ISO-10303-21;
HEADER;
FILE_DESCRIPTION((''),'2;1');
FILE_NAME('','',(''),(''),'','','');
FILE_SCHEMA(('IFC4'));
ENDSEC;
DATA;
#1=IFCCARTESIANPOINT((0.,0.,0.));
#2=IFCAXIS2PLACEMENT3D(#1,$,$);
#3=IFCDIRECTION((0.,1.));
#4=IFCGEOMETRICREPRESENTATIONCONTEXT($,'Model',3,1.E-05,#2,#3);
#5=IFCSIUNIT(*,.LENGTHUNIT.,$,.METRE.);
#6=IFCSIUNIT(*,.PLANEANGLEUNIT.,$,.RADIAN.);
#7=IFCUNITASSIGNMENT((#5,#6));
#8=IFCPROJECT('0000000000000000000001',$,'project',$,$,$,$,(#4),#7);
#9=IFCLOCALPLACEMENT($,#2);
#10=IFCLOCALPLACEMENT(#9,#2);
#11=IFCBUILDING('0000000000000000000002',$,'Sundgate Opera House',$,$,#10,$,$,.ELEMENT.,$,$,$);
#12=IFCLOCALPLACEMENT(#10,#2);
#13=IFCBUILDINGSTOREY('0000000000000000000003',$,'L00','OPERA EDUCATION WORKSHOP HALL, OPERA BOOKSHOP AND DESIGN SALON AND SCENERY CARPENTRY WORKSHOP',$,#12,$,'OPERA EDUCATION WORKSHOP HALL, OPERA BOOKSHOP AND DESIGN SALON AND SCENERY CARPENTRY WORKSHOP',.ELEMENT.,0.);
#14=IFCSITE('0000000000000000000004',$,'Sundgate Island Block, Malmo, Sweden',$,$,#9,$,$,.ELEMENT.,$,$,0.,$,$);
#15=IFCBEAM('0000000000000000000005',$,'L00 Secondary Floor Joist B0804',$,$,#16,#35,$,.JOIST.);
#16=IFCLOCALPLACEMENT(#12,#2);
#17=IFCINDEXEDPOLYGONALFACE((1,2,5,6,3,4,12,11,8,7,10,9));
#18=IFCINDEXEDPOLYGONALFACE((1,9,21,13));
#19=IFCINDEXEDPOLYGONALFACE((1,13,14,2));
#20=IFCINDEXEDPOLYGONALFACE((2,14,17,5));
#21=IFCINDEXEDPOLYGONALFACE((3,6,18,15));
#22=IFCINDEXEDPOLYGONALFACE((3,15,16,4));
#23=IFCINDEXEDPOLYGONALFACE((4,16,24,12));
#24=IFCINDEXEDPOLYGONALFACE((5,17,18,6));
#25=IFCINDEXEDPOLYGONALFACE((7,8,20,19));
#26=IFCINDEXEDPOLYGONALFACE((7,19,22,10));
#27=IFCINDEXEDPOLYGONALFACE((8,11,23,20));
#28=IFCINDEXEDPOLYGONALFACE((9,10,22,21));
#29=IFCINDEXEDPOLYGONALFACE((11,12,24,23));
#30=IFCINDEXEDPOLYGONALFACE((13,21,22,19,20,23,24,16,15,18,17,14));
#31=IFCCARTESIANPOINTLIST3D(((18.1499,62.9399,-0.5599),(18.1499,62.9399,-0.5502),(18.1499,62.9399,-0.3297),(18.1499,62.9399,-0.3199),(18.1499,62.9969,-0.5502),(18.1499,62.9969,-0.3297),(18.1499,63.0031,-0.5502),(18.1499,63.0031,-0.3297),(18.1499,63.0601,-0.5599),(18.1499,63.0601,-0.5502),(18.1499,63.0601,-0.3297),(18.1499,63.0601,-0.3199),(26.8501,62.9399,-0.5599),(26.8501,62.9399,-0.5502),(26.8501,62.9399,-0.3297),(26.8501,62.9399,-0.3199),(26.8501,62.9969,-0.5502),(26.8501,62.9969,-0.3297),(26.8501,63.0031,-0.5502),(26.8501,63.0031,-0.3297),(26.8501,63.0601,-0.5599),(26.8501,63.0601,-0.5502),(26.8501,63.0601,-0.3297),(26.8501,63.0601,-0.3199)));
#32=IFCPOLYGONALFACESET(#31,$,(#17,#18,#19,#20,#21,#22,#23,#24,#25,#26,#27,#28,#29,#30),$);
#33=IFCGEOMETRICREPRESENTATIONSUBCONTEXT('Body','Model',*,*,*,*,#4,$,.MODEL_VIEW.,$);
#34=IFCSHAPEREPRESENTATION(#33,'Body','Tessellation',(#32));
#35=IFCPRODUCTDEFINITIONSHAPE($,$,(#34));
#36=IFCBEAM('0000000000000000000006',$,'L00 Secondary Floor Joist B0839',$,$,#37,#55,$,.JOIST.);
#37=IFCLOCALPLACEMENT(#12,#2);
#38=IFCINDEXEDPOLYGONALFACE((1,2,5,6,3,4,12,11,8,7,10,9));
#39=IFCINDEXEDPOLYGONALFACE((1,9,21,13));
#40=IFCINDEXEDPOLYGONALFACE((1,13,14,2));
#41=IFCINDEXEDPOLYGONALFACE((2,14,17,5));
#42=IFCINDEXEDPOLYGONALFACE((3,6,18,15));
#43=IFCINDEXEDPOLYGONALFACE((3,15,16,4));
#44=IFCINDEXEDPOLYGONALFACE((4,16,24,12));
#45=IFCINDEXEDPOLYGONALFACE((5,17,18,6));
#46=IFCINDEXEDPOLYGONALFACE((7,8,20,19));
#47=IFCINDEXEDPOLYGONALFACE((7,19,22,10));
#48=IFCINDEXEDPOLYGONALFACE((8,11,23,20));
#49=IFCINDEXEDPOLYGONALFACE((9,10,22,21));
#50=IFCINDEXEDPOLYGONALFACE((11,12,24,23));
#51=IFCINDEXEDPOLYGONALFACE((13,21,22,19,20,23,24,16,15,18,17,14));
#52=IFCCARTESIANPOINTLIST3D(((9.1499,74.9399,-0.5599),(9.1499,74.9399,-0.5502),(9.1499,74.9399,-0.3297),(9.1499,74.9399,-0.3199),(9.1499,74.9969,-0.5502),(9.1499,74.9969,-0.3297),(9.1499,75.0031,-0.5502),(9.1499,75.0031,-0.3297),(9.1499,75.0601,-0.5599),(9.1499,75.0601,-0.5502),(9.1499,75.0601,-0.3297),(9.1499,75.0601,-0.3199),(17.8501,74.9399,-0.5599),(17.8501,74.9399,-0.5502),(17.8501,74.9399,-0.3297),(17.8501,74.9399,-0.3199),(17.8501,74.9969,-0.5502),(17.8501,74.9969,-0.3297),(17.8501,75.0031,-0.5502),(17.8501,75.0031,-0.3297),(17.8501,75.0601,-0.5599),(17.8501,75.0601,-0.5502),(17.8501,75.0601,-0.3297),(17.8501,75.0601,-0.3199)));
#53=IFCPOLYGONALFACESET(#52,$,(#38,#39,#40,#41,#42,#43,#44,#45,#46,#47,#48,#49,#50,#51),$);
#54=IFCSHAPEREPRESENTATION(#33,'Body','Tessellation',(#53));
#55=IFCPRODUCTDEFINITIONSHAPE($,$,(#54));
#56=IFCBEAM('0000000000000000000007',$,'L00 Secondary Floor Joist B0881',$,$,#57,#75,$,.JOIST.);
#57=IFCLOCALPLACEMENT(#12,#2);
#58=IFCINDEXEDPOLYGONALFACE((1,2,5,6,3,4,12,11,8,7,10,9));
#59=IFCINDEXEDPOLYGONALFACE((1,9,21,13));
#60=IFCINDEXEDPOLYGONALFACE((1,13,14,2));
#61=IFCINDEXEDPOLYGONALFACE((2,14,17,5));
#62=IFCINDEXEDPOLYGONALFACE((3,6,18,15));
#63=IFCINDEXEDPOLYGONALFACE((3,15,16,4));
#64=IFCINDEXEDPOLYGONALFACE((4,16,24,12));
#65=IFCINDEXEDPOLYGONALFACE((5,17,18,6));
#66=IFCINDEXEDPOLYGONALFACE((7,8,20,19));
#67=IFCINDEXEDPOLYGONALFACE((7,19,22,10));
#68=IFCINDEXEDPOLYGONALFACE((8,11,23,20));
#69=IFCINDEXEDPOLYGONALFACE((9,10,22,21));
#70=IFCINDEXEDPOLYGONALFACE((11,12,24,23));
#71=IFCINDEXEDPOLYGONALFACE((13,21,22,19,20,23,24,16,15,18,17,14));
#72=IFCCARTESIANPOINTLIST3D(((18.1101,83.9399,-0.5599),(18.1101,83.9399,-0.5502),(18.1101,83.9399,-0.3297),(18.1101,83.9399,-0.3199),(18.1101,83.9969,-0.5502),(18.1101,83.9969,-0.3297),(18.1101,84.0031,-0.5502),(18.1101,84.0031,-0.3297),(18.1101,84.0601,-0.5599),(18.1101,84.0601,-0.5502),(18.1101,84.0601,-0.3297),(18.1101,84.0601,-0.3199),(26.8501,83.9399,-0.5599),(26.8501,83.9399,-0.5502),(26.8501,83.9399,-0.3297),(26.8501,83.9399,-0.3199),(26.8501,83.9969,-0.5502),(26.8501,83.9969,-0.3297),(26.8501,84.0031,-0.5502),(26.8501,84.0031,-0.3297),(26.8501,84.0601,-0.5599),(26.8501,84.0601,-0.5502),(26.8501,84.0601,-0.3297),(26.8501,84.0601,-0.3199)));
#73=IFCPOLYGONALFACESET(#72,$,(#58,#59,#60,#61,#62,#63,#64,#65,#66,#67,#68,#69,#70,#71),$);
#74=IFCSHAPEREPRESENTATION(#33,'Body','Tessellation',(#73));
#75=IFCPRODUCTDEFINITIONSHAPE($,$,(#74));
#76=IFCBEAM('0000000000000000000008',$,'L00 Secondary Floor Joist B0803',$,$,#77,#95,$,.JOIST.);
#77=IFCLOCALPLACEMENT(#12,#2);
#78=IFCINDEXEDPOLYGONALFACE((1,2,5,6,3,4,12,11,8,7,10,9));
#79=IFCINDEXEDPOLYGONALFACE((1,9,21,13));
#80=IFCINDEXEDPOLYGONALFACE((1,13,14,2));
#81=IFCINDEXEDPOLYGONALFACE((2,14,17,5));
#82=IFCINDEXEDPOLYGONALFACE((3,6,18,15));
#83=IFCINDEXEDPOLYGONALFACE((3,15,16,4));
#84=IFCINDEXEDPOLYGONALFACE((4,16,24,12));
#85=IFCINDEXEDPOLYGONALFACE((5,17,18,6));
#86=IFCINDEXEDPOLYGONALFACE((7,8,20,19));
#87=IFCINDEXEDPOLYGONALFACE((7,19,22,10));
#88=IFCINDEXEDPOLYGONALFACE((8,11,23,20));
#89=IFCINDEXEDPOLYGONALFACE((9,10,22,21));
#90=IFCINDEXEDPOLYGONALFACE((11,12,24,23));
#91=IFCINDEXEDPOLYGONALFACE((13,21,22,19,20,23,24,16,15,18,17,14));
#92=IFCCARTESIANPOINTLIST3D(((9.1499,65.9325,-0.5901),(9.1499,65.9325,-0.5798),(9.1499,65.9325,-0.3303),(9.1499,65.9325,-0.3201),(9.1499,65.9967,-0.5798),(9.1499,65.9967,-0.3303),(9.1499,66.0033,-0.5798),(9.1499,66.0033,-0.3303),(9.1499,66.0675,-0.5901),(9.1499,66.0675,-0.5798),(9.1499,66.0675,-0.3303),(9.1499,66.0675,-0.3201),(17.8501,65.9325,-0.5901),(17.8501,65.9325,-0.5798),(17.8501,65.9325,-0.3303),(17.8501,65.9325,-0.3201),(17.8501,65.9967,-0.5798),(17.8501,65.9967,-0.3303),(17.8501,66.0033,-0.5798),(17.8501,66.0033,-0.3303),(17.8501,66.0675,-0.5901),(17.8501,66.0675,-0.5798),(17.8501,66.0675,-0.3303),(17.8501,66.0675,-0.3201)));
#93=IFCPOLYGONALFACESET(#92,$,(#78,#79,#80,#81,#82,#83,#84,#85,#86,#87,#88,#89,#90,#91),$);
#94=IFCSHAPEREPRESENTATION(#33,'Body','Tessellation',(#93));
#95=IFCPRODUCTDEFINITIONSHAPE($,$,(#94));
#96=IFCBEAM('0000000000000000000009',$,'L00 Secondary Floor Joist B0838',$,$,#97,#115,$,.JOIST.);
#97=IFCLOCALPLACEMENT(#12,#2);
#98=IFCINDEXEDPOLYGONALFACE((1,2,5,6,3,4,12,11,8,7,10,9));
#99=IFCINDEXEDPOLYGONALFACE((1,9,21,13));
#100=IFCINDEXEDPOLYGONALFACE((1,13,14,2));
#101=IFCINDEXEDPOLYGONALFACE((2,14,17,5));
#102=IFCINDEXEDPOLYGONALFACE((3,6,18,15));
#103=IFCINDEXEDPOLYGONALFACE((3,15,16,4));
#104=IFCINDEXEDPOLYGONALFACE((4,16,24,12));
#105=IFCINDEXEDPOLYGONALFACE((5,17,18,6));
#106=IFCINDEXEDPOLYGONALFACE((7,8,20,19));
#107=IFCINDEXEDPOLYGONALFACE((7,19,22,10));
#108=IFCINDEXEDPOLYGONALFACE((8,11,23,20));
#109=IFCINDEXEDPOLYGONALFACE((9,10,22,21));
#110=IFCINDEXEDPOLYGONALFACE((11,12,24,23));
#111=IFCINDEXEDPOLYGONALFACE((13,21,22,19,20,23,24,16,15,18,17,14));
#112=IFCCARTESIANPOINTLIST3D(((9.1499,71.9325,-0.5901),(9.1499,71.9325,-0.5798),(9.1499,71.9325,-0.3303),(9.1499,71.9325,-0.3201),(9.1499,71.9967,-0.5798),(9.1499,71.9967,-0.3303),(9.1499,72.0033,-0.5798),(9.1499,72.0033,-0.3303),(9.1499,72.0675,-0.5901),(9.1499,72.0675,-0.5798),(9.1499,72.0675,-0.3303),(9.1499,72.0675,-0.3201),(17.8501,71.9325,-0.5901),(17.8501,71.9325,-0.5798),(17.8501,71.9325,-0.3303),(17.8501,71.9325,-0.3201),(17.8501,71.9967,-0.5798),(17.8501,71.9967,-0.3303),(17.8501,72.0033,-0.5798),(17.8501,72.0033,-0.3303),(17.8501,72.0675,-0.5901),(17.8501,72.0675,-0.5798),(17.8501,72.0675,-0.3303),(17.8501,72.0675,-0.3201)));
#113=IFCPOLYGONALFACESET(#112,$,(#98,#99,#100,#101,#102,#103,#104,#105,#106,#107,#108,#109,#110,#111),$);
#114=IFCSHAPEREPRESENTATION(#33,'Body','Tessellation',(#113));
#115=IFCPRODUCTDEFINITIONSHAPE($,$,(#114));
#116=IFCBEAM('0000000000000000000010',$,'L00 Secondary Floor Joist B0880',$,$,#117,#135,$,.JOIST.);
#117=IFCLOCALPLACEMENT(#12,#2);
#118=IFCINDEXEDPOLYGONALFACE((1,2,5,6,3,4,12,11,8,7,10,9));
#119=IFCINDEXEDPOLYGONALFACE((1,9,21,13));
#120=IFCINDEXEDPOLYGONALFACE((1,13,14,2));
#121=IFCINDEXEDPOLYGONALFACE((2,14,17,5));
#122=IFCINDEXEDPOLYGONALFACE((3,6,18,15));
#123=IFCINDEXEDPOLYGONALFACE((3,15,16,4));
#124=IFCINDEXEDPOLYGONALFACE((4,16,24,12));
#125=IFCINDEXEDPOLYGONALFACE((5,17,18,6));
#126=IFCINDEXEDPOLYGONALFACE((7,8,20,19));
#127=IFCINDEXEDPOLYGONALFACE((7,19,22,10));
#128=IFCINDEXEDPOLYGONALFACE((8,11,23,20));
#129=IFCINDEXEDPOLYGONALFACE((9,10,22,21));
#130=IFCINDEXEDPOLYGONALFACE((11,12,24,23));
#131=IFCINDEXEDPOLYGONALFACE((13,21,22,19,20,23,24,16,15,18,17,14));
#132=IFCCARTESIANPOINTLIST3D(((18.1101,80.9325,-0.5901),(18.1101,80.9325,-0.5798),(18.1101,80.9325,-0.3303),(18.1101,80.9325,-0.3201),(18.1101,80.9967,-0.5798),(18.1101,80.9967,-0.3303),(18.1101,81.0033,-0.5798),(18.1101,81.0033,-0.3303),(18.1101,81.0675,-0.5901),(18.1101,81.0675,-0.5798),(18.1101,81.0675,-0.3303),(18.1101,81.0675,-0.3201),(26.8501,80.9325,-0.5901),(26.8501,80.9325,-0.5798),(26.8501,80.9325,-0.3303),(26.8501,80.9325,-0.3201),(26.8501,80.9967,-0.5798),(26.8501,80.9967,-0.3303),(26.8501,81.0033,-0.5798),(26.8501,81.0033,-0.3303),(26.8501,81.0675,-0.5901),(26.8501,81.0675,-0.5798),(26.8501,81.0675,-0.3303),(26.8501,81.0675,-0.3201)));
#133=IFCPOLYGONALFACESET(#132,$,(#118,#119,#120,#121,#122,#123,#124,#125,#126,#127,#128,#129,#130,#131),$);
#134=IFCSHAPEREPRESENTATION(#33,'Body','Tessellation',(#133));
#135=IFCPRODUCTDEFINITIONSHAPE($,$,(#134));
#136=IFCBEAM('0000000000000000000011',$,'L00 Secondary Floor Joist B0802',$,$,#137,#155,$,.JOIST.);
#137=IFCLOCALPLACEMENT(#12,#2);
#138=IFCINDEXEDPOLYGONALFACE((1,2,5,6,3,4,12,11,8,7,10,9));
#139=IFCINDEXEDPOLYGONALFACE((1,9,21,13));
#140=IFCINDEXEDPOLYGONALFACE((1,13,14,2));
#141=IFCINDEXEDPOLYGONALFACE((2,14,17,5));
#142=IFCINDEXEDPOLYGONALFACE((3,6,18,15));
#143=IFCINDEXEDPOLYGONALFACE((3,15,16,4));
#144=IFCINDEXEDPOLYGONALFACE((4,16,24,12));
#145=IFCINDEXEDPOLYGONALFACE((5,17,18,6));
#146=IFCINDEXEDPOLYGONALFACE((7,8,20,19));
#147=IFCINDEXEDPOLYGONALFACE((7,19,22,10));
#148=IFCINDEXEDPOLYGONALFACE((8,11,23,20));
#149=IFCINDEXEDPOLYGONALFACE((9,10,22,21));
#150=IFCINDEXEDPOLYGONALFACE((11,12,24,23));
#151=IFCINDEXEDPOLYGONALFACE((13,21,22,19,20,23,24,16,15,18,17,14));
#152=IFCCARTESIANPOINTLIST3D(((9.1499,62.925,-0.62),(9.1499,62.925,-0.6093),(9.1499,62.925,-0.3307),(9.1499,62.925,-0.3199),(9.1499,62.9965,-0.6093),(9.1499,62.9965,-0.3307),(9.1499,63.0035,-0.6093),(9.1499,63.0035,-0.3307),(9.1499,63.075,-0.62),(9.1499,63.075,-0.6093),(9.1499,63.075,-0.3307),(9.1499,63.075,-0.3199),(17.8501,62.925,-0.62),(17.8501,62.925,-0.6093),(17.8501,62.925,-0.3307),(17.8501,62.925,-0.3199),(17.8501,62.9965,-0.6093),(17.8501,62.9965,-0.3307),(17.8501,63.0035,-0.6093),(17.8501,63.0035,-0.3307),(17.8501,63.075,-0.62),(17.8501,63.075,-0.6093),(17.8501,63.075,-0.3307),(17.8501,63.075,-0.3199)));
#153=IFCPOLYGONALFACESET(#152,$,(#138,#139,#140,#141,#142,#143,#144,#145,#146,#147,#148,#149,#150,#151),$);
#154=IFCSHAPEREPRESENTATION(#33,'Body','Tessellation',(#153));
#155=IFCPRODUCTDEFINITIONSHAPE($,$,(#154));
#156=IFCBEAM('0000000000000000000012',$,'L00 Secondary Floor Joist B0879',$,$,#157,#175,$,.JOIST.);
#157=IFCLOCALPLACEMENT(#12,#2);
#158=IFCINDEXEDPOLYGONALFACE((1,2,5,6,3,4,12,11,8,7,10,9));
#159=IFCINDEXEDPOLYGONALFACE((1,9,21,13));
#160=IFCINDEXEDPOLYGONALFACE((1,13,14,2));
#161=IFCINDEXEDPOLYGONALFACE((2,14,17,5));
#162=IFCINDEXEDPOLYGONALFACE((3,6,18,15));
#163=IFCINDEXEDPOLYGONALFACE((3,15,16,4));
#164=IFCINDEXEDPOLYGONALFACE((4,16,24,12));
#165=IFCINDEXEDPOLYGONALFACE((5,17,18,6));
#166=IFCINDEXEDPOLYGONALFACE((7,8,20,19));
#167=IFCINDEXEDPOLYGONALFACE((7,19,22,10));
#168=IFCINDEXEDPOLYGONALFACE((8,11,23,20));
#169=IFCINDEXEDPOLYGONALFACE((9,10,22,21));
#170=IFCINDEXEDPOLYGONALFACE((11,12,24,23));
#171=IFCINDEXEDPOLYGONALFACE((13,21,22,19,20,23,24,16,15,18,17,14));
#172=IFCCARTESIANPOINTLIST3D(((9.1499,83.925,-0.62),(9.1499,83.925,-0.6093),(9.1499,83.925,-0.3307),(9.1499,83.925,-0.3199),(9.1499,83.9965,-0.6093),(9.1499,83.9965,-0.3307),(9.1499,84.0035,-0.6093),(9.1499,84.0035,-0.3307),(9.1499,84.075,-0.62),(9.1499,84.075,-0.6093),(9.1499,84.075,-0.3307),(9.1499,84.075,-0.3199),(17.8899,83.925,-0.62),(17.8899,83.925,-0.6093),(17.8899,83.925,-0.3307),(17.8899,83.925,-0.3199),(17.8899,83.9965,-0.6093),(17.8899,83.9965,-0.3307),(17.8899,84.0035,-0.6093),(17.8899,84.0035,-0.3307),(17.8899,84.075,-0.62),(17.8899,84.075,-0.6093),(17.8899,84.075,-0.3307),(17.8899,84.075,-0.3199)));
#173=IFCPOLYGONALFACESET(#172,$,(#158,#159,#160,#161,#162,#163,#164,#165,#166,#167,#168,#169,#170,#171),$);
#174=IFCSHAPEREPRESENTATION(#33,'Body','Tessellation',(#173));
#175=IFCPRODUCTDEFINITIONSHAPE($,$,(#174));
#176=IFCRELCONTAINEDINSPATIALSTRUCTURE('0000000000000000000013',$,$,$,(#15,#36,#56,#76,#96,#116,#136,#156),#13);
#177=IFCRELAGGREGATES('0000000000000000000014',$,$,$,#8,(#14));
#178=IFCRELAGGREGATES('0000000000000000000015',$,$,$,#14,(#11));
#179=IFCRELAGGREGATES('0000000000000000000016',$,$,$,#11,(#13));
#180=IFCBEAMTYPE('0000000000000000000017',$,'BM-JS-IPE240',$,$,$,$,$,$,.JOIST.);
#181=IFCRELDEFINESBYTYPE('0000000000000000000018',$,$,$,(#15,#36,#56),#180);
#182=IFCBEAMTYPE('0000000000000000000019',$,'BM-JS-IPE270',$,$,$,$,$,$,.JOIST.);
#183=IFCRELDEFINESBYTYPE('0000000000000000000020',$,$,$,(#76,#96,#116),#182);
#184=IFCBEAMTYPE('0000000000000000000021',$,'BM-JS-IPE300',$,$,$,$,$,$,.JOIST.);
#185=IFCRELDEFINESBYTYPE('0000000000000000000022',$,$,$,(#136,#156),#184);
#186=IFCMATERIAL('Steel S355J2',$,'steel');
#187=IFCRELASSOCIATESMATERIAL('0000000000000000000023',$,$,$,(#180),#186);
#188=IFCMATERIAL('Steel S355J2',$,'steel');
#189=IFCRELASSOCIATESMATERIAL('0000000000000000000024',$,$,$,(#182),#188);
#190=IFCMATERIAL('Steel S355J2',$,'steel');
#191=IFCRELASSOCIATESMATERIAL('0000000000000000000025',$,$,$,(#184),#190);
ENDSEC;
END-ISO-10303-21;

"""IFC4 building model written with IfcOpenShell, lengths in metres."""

from ifc_helpers import new_model, si_unit, direction, frame, origin, origin_2d, place, context, subcontext, project, spatial, i_section, extrude, material, material_profile, profile_set, type_object, element, save


model = new_model("IFC4")

# Units and contexts
model_context = context("Model", 3, precision=1e-05, world=origin(), true_north=direction((0.0, 1.0)))
body_context = subcontext(model_context, "Body", "Model", "MODEL_VIEW")
ifc_project = project(units=[si_unit("LENGTHUNIT", "METRE"), si_unit("PLANEANGLEUNIT", "RADIAN")], contexts=[model_context])

# Site, building, storey
site_placement = place(None, origin())
site = spatial("IfcSite", under=ifc_project, at=site_placement, Name="Sundgate Island Block, Malmo, Sweden", CompositionType="ELEMENT", RefElevation=0.0)
building_placement = place(site_placement, origin())
building = spatial("IfcBuilding", under=site, at=building_placement, Name="Sundgate Opera House", CompositionType="ELEMENT")
storey_placement = place(building_placement, origin())
storey = spatial("IfcBuildingStorey", under=building, at=storey_placement, Name="L00", Description="OPERA EDUCATION WORKSHOP HALL, OPERA BOOKSHOP AND DESIGN SALON AND SCENERY CARPENTRY WORKSHOP", LongName="OPERA EDUCATION WORKSHOP HALL, OPERA BOOKSHOP AND DESIGN SALON AND SCENERY CARPENTRY WORKSHOP", CompositionType="ELEMENT", Elevation=0.0)

# Beams
ifc_material_1 = material(Name="Steel S355J2", Category="steel")
ifc_material_profile_1 = material_profile(ifc_material_1, i_section(OverallWidth=0.1201, OverallDepth=0.24, WebThickness=0.0061, FlangeThickness=0.0098, at=origin_2d()), Name="IPE 240")
ifc_profile_set_1 = profile_set([ifc_material_profile_1], Name="Steel S355J2")
beam_type_1 = type_object("IfcBeamType", Name="BM-JS-IPE240", PredefinedType="JOIST", material=ifc_profile_set_1)
for number, where, z_axis, x_axis, name in (
    (1, (18.1499, 63.0, -0.4399), (1.0, 0.0, 0.0), (0.0, 1.0, 0.0), "L00 Secondary Floor Joist B0804"),
    (2, (9.1499, 75.0, -0.4399), (1.0, 0.0, 0.0), (0.0, 1.0, 0.0), "L00 Secondary Floor Joist B0839"),
):
    element("IfcBeam", number, at=place(storey_placement, frame(where, z_axis=z_axis, x_axis=x_axis)), inside=storey, type_object=beam_type_1, Name=name, PredefinedType="JOIST", context=body_context, shape_type="SweptSolid", body=[
        extrude(i_section(OverallWidth=0.1201, OverallDepth=0.24, WebThickness=0.0061, FlangeThickness=0.0098, at=origin_2d()), origin(), (0.0, 0.0, 1.0), 8.7002),
    ])
beam_1_placement = place(storey_placement, frame((18.1101, 84.0, -0.4399), z_axis=(1.0, 0.0, 0.0), x_axis=(0.0, 1.0, 0.0)))
element("IfcBeam", 3, at=beam_1_placement, inside=storey, type_object=beam_type_1, Name="L00 Secondary Floor Joist B0881", PredefinedType="JOIST", context=body_context, shape_type="SweptSolid", body=[
    extrude(i_section(OverallWidth=0.1201, OverallDepth=0.24, WebThickness=0.0061, FlangeThickness=0.0098, at=origin_2d()), origin(), (0.0, 0.0, 1.0), 8.74),
])
ifc_material_2 = material(Name="Steel S355J2", Category="steel")
ifc_material_profile_2 = material_profile(ifc_material_2, i_section(OverallWidth=0.135, OverallDepth=0.27, WebThickness=0.0066, FlangeThickness=0.0103, at=origin_2d()), Name="IPE 270")
ifc_profile_set_2 = profile_set([ifc_material_profile_2], Name="Steel S355J2")
beam_type_2 = type_object("IfcBeamType", Name="BM-JS-IPE270", PredefinedType="JOIST", material=ifc_profile_set_2)
for number, where, z_axis, x_axis, name in (
    (4, (9.1499, 66.0, -0.4551), (1.0, 0.0, 0.0), (0.0, 1.0, 0.0), "L00 Secondary Floor Joist B0803"),
    (5, (9.1499, 72.0, -0.4551), (1.0, 0.0, 0.0), (0.0, 1.0, 0.0), "L00 Secondary Floor Joist B0838"),
):
    element("IfcBeam", number, at=place(storey_placement, frame(where, z_axis=z_axis, x_axis=x_axis)), inside=storey, type_object=beam_type_2, Name=name, PredefinedType="JOIST", context=body_context, shape_type="SweptSolid", body=[
        extrude(i_section(OverallWidth=0.135, OverallDepth=0.27, WebThickness=0.0066, FlangeThickness=0.0103, at=origin_2d()), origin(), (0.0, 0.0, 1.0), 8.7002),
    ])
beam_2_placement = place(storey_placement, frame((18.1101, 81.0, -0.4551), z_axis=(1.0, 0.0, 0.0), x_axis=(0.0, 1.0, 0.0)))
element("IfcBeam", 6, at=beam_2_placement, inside=storey, type_object=beam_type_2, Name="L00 Secondary Floor Joist B0880", PredefinedType="JOIST", context=body_context, shape_type="SweptSolid", body=[
    extrude(i_section(OverallWidth=0.135, OverallDepth=0.27, WebThickness=0.0066, FlangeThickness=0.0103, at=origin_2d()), origin(), (0.0, 0.0, 1.0), 8.74),
])
ifc_material_3 = material(Name="Steel S355J2", Category="steel")
ifc_material_profile_3 = material_profile(ifc_material_3, i_section(OverallWidth=0.1499, OverallDepth=0.3, WebThickness=0.0071, FlangeThickness=0.0107, at=origin_2d()), Name="IPE 300")
ifc_profile_set_3 = profile_set([ifc_material_profile_3], Name="Steel S355J2")
beam_type_3 = type_object("IfcBeamType", Name="BM-JS-IPE300", PredefinedType="JOIST", material=ifc_profile_set_3)
beam_3_placement = place(storey_placement, frame((9.1499, 63.0, -0.47), z_axis=(1.0, 0.0, 0.0), x_axis=(0.0, 1.0, 0.0)))
element("IfcBeam", 7, at=beam_3_placement, inside=storey, type_object=beam_type_3, Name="L00 Secondary Floor Joist B0802", PredefinedType="JOIST", context=body_context, shape_type="SweptSolid", body=[
    extrude(i_section(OverallWidth=0.1499, OverallDepth=0.3, WebThickness=0.0071, FlangeThickness=0.0107, at=origin_2d()), origin(), (0.0, 0.0, 1.0), 8.7002),
])
beam_4_placement = place(storey_placement, frame((9.1499, 84.0, -0.47), z_axis=(1.0, 0.0, 0.0), x_axis=(0.0, 1.0, 0.0)))
element("IfcBeam", 8, at=beam_4_placement, inside=storey, type_object=beam_type_3, Name="L00 Secondary Floor Joist B0879", PredefinedType="JOIST", context=body_context, shape_type="SweptSolid", body=[
    extrude(i_section(OverallWidth=0.1499, OverallDepth=0.3, WebThickness=0.0071, FlangeThickness=0.0107, at=origin_2d()), origin(), (0.0, 0.0, 1.0), 8.74),
])

save(model, "model.ifc")
